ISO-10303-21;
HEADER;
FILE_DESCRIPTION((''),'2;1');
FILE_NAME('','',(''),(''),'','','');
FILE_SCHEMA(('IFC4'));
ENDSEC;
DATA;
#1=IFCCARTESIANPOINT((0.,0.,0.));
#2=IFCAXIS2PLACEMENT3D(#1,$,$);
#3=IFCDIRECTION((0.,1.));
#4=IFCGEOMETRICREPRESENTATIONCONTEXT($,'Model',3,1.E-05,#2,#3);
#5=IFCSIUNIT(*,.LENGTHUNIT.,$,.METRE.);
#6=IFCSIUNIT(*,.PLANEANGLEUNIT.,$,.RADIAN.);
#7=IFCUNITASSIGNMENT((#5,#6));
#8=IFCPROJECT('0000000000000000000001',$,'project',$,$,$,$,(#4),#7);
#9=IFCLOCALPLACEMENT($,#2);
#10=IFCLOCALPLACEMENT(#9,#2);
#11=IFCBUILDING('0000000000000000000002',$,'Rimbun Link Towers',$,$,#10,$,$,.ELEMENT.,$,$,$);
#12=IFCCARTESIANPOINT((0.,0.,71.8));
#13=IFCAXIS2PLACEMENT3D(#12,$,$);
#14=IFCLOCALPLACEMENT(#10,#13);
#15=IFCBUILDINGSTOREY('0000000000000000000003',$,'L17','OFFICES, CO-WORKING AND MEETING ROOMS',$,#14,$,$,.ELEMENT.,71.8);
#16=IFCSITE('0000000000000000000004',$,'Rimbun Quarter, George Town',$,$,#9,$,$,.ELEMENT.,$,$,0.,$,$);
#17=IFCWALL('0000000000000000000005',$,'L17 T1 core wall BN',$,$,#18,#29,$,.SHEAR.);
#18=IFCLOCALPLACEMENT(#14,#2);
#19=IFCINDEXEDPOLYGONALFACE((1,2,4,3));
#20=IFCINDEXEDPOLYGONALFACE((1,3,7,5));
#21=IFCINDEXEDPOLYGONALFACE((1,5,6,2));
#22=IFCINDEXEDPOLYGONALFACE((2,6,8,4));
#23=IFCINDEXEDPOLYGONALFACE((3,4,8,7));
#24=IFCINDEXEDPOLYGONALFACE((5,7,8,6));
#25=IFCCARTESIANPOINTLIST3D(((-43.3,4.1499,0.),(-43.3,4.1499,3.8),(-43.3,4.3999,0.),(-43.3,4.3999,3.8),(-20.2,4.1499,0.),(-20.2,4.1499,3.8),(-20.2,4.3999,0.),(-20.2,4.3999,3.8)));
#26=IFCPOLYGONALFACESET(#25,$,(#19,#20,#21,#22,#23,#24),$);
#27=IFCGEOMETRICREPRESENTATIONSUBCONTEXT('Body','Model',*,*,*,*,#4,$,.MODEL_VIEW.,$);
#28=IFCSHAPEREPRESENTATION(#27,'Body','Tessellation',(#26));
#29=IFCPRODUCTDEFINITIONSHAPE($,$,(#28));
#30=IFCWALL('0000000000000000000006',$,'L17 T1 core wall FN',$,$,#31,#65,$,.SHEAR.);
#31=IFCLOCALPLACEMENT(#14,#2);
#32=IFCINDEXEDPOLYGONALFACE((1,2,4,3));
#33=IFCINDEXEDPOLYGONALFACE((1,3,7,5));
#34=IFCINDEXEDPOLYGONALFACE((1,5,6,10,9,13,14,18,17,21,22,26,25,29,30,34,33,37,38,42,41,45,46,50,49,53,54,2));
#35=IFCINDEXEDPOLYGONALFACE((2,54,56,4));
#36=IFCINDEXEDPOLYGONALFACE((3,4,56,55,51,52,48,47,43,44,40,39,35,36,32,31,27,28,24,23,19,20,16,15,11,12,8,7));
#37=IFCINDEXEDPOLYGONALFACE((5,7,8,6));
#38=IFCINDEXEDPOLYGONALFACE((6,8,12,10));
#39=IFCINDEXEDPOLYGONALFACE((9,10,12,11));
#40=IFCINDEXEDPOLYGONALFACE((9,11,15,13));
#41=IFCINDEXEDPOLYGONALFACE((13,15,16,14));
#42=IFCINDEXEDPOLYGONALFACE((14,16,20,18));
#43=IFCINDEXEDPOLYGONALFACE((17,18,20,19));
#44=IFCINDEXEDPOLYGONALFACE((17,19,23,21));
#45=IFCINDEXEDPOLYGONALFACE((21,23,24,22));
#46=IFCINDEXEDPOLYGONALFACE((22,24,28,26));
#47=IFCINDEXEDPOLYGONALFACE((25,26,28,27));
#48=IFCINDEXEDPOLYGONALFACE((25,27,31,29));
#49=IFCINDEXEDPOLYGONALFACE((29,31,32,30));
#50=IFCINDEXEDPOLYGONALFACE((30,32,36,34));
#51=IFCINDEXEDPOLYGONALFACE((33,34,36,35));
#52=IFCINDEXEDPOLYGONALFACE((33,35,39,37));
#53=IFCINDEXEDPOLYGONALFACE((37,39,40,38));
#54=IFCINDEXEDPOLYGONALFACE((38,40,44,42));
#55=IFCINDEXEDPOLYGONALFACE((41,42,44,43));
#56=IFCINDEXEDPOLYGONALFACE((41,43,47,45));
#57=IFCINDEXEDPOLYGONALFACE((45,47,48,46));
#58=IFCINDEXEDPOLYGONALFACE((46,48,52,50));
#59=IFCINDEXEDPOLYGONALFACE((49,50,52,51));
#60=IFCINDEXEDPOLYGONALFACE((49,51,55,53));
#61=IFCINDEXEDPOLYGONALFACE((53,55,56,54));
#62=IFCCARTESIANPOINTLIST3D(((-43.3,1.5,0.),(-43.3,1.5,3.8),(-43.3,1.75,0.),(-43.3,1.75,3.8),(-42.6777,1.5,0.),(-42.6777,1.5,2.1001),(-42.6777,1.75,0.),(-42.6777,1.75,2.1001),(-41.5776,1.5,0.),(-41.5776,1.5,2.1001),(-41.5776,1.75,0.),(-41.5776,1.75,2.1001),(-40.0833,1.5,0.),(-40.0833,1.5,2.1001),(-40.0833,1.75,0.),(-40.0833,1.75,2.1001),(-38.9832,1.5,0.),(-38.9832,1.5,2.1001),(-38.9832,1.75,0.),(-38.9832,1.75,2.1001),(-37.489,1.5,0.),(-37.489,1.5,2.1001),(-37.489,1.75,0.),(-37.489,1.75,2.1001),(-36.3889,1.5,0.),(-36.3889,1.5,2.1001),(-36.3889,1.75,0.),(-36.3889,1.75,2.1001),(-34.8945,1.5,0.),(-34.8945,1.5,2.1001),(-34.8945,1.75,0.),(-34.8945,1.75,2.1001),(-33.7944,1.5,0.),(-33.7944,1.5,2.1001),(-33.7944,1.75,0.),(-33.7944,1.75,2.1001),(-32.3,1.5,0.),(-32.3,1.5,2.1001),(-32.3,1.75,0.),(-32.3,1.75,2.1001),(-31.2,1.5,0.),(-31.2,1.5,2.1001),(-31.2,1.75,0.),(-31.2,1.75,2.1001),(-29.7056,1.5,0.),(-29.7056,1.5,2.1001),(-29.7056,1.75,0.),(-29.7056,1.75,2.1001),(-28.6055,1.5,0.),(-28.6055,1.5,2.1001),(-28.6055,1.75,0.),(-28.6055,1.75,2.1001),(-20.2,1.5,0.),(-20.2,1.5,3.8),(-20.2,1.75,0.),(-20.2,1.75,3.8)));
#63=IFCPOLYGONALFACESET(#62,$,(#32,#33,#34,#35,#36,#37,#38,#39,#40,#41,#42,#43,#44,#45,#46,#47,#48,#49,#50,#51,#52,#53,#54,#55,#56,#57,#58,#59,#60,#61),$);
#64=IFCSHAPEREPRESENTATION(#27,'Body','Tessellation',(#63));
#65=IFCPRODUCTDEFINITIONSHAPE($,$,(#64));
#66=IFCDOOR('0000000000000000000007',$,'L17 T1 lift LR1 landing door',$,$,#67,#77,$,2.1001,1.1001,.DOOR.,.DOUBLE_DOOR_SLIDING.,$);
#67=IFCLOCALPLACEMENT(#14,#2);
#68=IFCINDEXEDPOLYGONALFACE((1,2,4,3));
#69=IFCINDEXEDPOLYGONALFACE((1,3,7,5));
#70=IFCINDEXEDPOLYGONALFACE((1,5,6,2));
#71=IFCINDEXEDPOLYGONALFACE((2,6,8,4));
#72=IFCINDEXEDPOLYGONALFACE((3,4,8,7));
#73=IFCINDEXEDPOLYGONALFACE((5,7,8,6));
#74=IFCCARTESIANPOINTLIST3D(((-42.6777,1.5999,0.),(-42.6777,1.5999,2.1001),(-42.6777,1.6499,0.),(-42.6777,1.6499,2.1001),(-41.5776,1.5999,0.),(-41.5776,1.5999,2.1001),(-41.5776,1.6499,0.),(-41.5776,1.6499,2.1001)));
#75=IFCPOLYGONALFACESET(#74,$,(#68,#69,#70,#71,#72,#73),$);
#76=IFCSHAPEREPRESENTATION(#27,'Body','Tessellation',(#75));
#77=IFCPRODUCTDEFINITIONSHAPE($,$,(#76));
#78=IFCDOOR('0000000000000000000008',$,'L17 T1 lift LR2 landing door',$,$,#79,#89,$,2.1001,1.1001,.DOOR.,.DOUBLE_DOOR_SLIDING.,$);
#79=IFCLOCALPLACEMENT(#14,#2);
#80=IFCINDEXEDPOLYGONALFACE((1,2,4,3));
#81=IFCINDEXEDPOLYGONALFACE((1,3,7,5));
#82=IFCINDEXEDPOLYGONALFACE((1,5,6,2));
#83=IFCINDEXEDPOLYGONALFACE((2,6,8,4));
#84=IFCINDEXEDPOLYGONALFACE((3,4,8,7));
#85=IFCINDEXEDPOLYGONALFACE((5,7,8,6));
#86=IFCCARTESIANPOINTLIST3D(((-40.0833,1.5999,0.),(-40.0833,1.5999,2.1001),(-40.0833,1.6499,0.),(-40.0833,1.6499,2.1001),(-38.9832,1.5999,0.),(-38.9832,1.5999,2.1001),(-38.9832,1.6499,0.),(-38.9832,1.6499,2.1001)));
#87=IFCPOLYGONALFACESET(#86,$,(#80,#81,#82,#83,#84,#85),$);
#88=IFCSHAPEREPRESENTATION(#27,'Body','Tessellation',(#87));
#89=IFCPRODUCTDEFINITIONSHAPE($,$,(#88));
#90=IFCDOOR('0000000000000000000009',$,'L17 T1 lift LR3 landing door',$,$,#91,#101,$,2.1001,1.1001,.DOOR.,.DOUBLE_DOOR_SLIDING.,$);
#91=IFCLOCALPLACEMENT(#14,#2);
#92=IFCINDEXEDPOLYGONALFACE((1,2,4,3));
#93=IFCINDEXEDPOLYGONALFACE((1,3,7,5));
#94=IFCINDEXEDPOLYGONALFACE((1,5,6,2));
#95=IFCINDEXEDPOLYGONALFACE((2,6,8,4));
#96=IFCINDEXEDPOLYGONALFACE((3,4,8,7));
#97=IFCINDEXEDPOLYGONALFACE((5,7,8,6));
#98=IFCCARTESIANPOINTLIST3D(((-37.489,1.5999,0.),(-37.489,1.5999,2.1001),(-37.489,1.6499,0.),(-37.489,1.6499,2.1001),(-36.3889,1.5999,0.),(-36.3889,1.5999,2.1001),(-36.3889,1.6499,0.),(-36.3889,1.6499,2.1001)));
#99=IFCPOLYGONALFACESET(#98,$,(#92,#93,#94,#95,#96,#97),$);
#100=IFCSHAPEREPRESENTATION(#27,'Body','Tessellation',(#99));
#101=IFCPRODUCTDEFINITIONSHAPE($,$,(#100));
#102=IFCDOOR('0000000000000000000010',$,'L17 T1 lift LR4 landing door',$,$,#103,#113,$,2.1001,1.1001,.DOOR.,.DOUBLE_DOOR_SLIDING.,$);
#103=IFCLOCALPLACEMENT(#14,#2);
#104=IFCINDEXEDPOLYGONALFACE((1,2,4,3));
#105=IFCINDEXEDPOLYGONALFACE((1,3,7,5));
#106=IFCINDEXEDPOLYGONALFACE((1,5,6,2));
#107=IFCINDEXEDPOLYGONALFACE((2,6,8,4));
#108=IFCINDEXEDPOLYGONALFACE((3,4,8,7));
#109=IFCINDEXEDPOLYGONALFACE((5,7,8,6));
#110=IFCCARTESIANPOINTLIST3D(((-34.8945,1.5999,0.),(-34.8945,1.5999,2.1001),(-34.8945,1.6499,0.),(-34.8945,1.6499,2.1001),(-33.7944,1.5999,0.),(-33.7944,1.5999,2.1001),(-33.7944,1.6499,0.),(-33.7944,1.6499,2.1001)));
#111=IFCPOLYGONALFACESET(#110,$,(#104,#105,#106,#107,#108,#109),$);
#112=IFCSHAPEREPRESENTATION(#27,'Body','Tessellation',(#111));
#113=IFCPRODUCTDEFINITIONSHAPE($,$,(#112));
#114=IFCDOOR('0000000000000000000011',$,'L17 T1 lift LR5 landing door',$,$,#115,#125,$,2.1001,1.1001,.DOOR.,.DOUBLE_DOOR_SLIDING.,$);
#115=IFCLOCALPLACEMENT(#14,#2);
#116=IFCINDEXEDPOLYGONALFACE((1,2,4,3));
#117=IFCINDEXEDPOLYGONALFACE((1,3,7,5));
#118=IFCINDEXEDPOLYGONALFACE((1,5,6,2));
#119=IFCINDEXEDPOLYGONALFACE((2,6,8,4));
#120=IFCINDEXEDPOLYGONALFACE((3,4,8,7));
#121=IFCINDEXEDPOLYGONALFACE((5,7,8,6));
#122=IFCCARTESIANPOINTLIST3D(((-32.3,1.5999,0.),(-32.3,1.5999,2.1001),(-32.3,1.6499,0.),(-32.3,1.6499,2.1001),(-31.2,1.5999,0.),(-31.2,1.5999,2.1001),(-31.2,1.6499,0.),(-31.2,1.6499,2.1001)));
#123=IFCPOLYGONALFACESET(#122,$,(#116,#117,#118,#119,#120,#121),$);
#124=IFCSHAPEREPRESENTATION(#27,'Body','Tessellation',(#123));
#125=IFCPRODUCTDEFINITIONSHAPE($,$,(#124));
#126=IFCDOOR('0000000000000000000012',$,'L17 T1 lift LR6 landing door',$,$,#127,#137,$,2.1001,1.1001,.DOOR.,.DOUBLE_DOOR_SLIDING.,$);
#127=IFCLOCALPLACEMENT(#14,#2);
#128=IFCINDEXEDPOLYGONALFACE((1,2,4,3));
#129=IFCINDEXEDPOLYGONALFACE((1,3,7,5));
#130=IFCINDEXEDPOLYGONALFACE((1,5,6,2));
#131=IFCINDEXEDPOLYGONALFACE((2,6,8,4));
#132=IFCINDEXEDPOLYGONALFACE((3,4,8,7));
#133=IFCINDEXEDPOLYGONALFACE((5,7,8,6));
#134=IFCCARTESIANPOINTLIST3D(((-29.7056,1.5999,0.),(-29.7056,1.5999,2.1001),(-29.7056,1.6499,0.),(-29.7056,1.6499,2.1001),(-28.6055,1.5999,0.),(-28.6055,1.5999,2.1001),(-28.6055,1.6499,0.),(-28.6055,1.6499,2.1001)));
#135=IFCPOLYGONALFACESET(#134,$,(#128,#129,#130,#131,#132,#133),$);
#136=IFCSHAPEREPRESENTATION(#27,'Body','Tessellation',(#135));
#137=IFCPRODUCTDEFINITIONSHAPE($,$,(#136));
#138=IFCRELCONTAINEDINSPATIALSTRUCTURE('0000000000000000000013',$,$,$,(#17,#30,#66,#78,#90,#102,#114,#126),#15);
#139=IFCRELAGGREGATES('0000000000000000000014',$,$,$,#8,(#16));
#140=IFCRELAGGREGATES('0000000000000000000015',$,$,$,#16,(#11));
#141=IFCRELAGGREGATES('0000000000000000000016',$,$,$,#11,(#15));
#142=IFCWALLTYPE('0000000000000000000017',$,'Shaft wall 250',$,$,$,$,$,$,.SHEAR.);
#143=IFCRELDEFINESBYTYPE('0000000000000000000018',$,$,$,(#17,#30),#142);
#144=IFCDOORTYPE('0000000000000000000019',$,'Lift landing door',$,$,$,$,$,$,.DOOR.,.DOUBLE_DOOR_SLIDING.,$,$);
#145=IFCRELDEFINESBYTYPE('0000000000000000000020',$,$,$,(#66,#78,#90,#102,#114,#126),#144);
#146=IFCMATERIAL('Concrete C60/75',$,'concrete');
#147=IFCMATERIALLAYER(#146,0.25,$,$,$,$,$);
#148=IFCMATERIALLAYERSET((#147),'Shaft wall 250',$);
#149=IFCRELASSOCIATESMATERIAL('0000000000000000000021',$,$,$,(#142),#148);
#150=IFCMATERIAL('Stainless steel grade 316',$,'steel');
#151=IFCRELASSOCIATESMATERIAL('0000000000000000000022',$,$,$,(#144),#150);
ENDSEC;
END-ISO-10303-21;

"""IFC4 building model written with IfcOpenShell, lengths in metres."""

from ifc_helpers import new_model, si_unit, direction, frame, frame_2d, origin, place, context, subcontext, project, spatial, rectangle, extrude, material, layer, layer_set, type_object, element, fill, save


model = new_model("IFC4")

# Units and contexts
model_context = context("Model", 3, precision=1e-05, world=origin(), true_north=direction((0.0, 1.0)))
body_context = subcontext(model_context, "Body", "Model", "MODEL_VIEW")
ifc_project = project(units=[si_unit("LENGTHUNIT", "METRE"), si_unit("PLANEANGLEUNIT", "RADIAN")], contexts=[model_context])

# Site, building, storey
site_placement = place(None, origin())
site = spatial("IfcSite", under=ifc_project, at=site_placement, Name="Rimbun Quarter, George Town", CompositionType="ELEMENT", RefElevation=0.0)
building_placement = place(site_placement, origin())
building = spatial("IfcBuilding", under=site, at=building_placement, Name="Rimbun Link Towers", CompositionType="ELEMENT")
storey_placement = place(building_placement, frame((0.0, 0.0, 71.8)))
storey = spatial("IfcBuildingStorey", under=building, at=storey_placement, Name="L17", Description="OFFICES, CO-WORKING AND MEETING ROOMS", CompositionType="ELEMENT", Elevation=71.8)

# Wall
ifc_material_1 = material(Name="Concrete C60/75", Category="concrete")
ifc_layer_1 = layer(ifc_material_1, 0.25)
ifc_layer_set_1 = layer_set([ifc_layer_1], Name="Shaft wall 250")
wall_type_1 = type_object("IfcWallType", Name="Shaft wall 250", PredefinedType="SHEAR", material=ifc_layer_set_1)
wall_1_placement = place(storey_placement, frame((-43.3, 4.2749, 0.0), z_axis=(0.0, 0.0, 1.0), x_axis=(1.0, 0.0, 0.0)))
element("IfcWall", 1, at=wall_1_placement, inside=storey, type_object=wall_type_1, Name="L17 T1 core wall BN", PredefinedType="SHEAR", context=body_context, shape_type="SweptSolid", body=[
    extrude(rectangle(XDim=23.1001, YDim=0.25, at=frame_2d((11.55, 0.0))), origin(), (0.0, 0.0, 1.0), 3.8),
])

# Wall, openings, doors
wall_2_placement = place(storey_placement, frame((-43.3, 1.625, 0.0), z_axis=(0.0, 0.0, 1.0), x_axis=(1.0, 0.0, 0.0)))
wall_2 = element("IfcWall", 2, at=wall_2_placement, inside=storey, type_object=wall_type_1, Name="L17 T1 core wall FN", PredefinedType="SHEAR", context=body_context, shape_type="SweptSolid", body=[
    extrude(rectangle(XDim=23.1001, YDim=0.25, at=frame_2d((11.55, 0.0))), origin(), (0.0, 0.0, 1.0), 3.8),
])
opening_1_placement = place(wall_2_placement, frame((0.6223, 0.0, 0.0)))
opening_1 = element("IfcOpeningElement", 3, at=opening_1_placement, cuts=wall_2, PredefinedType="OPENING", context=body_context, shape_type="SweptSolid", body=[
    extrude(rectangle(XDim=1.1001, YDim=2.1001, at=frame_2d((0.55, 1.05))), frame((0.0, 0.135, 0.0), z_axis=(0.0, -1.0, 0.0), x_axis=(1.0, 0.0, 0.0)), (0.0, 0.0, 1.0), 0.27),
])
opening_2_placement = place(wall_2_placement, frame((3.2168, 0.0, 0.0)))
opening_2 = element("IfcOpeningElement", 4, at=opening_2_placement, cuts=wall_2, PredefinedType="OPENING", context=body_context, shape_type="SweptSolid", body=[
    extrude(rectangle(XDim=1.1001, YDim=2.1001, at=frame_2d((0.55, 1.05))), frame((0.0, 0.135, 0.0), z_axis=(0.0, -1.0, 0.0), x_axis=(1.0, 0.0, 0.0)), (0.0, 0.0, 1.0), 0.27),
])
opening_3_placement = place(wall_2_placement, frame((5.811, 0.0, 0.0)))
opening_3 = element("IfcOpeningElement", 5, at=opening_3_placement, cuts=wall_2, PredefinedType="OPENING", context=body_context, shape_type="SweptSolid", body=[
    extrude(rectangle(XDim=1.1001, YDim=2.1001, at=frame_2d((0.55, 1.05))), frame((0.0, 0.135, 0.0), z_axis=(0.0, -1.0, 0.0), x_axis=(1.0, 0.0, 0.0)), (0.0, 0.0, 1.0), 0.27),
])
opening_4_placement = place(wall_2_placement, frame((8.4055, 0.0, 0.0)))
opening_4 = element("IfcOpeningElement", 6, at=opening_4_placement, cuts=wall_2, PredefinedType="OPENING", context=body_context, shape_type="SweptSolid", body=[
    extrude(rectangle(XDim=1.1001, YDim=2.1001, at=frame_2d((0.55, 1.05))), frame((0.0, 0.135, 0.0), z_axis=(0.0, -1.0, 0.0), x_axis=(1.0, 0.0, 0.0)), (0.0, 0.0, 1.0), 0.27),
])
opening_5_placement = place(wall_2_placement, frame((11.0, 0.0, 0.0)))
opening_5 = element("IfcOpeningElement", 7, at=opening_5_placement, cuts=wall_2, PredefinedType="OPENING", context=body_context, shape_type="SweptSolid", body=[
    extrude(rectangle(XDim=1.1001, YDim=2.1001, at=frame_2d((0.55, 1.05))), frame((0.0, 0.135, 0.0), z_axis=(0.0, -1.0, 0.0), x_axis=(1.0, 0.0, 0.0)), (0.0, 0.0, 1.0), 0.27),
])
opening_6_placement = place(wall_2_placement, frame((13.5945, 0.0, 0.0)))
opening_6 = element("IfcOpeningElement", 8, at=opening_6_placement, cuts=wall_2, PredefinedType="OPENING", context=body_context, shape_type="SweptSolid", body=[
    extrude(rectangle(XDim=1.1001, YDim=2.1001, at=frame_2d((0.55, 1.05))), frame((0.0, 0.135, 0.0), z_axis=(0.0, -1.0, 0.0), x_axis=(1.0, 0.0, 0.0)), (0.0, 0.0, 1.0), 0.27),
])
ifc_material_2 = material(Name="Stainless steel grade 316", Category="steel")
door_type_1 = type_object("IfcDoorType", Name="Lift landing door", OperationType="DOUBLE_DOOR_SLIDING", PredefinedType="DOOR", material=ifc_material_2)
door_1_placement = place(opening_1_placement, origin())
door_1 = element("IfcDoor", 9, at=door_1_placement, inside=storey, type_object=door_type_1, Name="L17 T1 lift LR1 landing door", OperationType="DOUBLE_DOOR_SLIDING", OverallHeight=2.1001, OverallWidth=1.1001, PredefinedType="DOOR", context=body_context, shape_type="SweptSolid", body=[
    extrude(rectangle(XDim=1.1001, YDim=2.1001, at=frame_2d((0.55, 1.05))), frame((0.0, 0.0249, 0.0), z_axis=(0.0, -1.0, 0.0), x_axis=(1.0, 0.0, 0.0)), (0.0, 0.0, 1.0), 0.05),
])
fill(opening_1, door_1)
door_2_placement = place(opening_2_placement, origin())
door_2 = element("IfcDoor", 10, at=door_2_placement, inside=storey, type_object=door_type_1, Name="L17 T1 lift LR2 landing door", OperationType="DOUBLE_DOOR_SLIDING", OverallHeight=2.1001, OverallWidth=1.1001, PredefinedType="DOOR", context=body_context, shape_type="SweptSolid", body=[
    extrude(rectangle(XDim=1.1001, YDim=2.1001, at=frame_2d((0.55, 1.05))), frame((0.0, 0.0249, 0.0), z_axis=(0.0, -1.0, 0.0), x_axis=(1.0, 0.0, 0.0)), (0.0, 0.0, 1.0), 0.05),
])
fill(opening_2, door_2)
door_3_placement = place(opening_3_placement, origin())
door_3 = element("IfcDoor", 11, at=door_3_placement, inside=storey, type_object=door_type_1, Name="L17 T1 lift LR3 landing door", OperationType="DOUBLE_DOOR_SLIDING", OverallHeight=2.1001, OverallWidth=1.1001, PredefinedType="DOOR", context=body_context, shape_type="SweptSolid", body=[
    extrude(rectangle(XDim=1.1001, YDim=2.1001, at=frame_2d((0.55, 1.05))), frame((0.0, 0.0249, 0.0), z_axis=(0.0, -1.0, 0.0), x_axis=(1.0, 0.0, 0.0)), (0.0, 0.0, 1.0), 0.05),
])
fill(opening_3, door_3)
door_4_placement = place(opening_4_placement, origin())
door_4 = element("IfcDoor", 12, at=door_4_placement, inside=storey, type_object=door_type_1, Name="L17 T1 lift LR4 landing door", OperationType="DOUBLE_DOOR_SLIDING", OverallHeight=2.1001, OverallWidth=1.1001, PredefinedType="DOOR", context=body_context, shape_type="SweptSolid", body=[
    extrude(rectangle(XDim=1.1001, YDim=2.1001, at=frame_2d((0.55, 1.05))), frame((0.0, 0.0249, 0.0), z_axis=(0.0, -1.0, 0.0), x_axis=(1.0, 0.0, 0.0)), (0.0, 0.0, 1.0), 0.05),
])
fill(opening_4, door_4)
door_5_placement = place(opening_5_placement, origin())
door_5 = element("IfcDoor", 13, at=door_5_placement, inside=storey, type_object=door_type_1, Name="L17 T1 lift LR5 landing door", OperationType="DOUBLE_DOOR_SLIDING", OverallHeight=2.1001, OverallWidth=1.1001, PredefinedType="DOOR", context=body_context, shape_type="SweptSolid", body=[
    extrude(rectangle(XDim=1.1001, YDim=2.1001, at=frame_2d((0.55, 1.05))), frame((0.0, 0.0249, 0.0), z_axis=(0.0, -1.0, 0.0), x_axis=(1.0, 0.0, 0.0)), (0.0, 0.0, 1.0), 0.05),
])
fill(opening_5, door_5)
door_6_placement = place(opening_6_placement, origin())
door_6 = element("IfcDoor", 14, at=door_6_placement, inside=storey, type_object=door_type_1, Name="L17 T1 lift LR6 landing door", OperationType="DOUBLE_DOOR_SLIDING", OverallHeight=2.1001, OverallWidth=1.1001, PredefinedType="DOOR", context=body_context, shape_type="SweptSolid", body=[
    extrude(rectangle(XDim=1.1001, YDim=2.1001, at=frame_2d((0.55, 1.05))), frame((0.0, 0.0249, 0.0), z_axis=(0.0, -1.0, 0.0), x_axis=(1.0, 0.0, 0.0)), (0.0, 0.0, 1.0), 0.05),
])
fill(opening_6, door_6)

save(model, "model.ifc")
